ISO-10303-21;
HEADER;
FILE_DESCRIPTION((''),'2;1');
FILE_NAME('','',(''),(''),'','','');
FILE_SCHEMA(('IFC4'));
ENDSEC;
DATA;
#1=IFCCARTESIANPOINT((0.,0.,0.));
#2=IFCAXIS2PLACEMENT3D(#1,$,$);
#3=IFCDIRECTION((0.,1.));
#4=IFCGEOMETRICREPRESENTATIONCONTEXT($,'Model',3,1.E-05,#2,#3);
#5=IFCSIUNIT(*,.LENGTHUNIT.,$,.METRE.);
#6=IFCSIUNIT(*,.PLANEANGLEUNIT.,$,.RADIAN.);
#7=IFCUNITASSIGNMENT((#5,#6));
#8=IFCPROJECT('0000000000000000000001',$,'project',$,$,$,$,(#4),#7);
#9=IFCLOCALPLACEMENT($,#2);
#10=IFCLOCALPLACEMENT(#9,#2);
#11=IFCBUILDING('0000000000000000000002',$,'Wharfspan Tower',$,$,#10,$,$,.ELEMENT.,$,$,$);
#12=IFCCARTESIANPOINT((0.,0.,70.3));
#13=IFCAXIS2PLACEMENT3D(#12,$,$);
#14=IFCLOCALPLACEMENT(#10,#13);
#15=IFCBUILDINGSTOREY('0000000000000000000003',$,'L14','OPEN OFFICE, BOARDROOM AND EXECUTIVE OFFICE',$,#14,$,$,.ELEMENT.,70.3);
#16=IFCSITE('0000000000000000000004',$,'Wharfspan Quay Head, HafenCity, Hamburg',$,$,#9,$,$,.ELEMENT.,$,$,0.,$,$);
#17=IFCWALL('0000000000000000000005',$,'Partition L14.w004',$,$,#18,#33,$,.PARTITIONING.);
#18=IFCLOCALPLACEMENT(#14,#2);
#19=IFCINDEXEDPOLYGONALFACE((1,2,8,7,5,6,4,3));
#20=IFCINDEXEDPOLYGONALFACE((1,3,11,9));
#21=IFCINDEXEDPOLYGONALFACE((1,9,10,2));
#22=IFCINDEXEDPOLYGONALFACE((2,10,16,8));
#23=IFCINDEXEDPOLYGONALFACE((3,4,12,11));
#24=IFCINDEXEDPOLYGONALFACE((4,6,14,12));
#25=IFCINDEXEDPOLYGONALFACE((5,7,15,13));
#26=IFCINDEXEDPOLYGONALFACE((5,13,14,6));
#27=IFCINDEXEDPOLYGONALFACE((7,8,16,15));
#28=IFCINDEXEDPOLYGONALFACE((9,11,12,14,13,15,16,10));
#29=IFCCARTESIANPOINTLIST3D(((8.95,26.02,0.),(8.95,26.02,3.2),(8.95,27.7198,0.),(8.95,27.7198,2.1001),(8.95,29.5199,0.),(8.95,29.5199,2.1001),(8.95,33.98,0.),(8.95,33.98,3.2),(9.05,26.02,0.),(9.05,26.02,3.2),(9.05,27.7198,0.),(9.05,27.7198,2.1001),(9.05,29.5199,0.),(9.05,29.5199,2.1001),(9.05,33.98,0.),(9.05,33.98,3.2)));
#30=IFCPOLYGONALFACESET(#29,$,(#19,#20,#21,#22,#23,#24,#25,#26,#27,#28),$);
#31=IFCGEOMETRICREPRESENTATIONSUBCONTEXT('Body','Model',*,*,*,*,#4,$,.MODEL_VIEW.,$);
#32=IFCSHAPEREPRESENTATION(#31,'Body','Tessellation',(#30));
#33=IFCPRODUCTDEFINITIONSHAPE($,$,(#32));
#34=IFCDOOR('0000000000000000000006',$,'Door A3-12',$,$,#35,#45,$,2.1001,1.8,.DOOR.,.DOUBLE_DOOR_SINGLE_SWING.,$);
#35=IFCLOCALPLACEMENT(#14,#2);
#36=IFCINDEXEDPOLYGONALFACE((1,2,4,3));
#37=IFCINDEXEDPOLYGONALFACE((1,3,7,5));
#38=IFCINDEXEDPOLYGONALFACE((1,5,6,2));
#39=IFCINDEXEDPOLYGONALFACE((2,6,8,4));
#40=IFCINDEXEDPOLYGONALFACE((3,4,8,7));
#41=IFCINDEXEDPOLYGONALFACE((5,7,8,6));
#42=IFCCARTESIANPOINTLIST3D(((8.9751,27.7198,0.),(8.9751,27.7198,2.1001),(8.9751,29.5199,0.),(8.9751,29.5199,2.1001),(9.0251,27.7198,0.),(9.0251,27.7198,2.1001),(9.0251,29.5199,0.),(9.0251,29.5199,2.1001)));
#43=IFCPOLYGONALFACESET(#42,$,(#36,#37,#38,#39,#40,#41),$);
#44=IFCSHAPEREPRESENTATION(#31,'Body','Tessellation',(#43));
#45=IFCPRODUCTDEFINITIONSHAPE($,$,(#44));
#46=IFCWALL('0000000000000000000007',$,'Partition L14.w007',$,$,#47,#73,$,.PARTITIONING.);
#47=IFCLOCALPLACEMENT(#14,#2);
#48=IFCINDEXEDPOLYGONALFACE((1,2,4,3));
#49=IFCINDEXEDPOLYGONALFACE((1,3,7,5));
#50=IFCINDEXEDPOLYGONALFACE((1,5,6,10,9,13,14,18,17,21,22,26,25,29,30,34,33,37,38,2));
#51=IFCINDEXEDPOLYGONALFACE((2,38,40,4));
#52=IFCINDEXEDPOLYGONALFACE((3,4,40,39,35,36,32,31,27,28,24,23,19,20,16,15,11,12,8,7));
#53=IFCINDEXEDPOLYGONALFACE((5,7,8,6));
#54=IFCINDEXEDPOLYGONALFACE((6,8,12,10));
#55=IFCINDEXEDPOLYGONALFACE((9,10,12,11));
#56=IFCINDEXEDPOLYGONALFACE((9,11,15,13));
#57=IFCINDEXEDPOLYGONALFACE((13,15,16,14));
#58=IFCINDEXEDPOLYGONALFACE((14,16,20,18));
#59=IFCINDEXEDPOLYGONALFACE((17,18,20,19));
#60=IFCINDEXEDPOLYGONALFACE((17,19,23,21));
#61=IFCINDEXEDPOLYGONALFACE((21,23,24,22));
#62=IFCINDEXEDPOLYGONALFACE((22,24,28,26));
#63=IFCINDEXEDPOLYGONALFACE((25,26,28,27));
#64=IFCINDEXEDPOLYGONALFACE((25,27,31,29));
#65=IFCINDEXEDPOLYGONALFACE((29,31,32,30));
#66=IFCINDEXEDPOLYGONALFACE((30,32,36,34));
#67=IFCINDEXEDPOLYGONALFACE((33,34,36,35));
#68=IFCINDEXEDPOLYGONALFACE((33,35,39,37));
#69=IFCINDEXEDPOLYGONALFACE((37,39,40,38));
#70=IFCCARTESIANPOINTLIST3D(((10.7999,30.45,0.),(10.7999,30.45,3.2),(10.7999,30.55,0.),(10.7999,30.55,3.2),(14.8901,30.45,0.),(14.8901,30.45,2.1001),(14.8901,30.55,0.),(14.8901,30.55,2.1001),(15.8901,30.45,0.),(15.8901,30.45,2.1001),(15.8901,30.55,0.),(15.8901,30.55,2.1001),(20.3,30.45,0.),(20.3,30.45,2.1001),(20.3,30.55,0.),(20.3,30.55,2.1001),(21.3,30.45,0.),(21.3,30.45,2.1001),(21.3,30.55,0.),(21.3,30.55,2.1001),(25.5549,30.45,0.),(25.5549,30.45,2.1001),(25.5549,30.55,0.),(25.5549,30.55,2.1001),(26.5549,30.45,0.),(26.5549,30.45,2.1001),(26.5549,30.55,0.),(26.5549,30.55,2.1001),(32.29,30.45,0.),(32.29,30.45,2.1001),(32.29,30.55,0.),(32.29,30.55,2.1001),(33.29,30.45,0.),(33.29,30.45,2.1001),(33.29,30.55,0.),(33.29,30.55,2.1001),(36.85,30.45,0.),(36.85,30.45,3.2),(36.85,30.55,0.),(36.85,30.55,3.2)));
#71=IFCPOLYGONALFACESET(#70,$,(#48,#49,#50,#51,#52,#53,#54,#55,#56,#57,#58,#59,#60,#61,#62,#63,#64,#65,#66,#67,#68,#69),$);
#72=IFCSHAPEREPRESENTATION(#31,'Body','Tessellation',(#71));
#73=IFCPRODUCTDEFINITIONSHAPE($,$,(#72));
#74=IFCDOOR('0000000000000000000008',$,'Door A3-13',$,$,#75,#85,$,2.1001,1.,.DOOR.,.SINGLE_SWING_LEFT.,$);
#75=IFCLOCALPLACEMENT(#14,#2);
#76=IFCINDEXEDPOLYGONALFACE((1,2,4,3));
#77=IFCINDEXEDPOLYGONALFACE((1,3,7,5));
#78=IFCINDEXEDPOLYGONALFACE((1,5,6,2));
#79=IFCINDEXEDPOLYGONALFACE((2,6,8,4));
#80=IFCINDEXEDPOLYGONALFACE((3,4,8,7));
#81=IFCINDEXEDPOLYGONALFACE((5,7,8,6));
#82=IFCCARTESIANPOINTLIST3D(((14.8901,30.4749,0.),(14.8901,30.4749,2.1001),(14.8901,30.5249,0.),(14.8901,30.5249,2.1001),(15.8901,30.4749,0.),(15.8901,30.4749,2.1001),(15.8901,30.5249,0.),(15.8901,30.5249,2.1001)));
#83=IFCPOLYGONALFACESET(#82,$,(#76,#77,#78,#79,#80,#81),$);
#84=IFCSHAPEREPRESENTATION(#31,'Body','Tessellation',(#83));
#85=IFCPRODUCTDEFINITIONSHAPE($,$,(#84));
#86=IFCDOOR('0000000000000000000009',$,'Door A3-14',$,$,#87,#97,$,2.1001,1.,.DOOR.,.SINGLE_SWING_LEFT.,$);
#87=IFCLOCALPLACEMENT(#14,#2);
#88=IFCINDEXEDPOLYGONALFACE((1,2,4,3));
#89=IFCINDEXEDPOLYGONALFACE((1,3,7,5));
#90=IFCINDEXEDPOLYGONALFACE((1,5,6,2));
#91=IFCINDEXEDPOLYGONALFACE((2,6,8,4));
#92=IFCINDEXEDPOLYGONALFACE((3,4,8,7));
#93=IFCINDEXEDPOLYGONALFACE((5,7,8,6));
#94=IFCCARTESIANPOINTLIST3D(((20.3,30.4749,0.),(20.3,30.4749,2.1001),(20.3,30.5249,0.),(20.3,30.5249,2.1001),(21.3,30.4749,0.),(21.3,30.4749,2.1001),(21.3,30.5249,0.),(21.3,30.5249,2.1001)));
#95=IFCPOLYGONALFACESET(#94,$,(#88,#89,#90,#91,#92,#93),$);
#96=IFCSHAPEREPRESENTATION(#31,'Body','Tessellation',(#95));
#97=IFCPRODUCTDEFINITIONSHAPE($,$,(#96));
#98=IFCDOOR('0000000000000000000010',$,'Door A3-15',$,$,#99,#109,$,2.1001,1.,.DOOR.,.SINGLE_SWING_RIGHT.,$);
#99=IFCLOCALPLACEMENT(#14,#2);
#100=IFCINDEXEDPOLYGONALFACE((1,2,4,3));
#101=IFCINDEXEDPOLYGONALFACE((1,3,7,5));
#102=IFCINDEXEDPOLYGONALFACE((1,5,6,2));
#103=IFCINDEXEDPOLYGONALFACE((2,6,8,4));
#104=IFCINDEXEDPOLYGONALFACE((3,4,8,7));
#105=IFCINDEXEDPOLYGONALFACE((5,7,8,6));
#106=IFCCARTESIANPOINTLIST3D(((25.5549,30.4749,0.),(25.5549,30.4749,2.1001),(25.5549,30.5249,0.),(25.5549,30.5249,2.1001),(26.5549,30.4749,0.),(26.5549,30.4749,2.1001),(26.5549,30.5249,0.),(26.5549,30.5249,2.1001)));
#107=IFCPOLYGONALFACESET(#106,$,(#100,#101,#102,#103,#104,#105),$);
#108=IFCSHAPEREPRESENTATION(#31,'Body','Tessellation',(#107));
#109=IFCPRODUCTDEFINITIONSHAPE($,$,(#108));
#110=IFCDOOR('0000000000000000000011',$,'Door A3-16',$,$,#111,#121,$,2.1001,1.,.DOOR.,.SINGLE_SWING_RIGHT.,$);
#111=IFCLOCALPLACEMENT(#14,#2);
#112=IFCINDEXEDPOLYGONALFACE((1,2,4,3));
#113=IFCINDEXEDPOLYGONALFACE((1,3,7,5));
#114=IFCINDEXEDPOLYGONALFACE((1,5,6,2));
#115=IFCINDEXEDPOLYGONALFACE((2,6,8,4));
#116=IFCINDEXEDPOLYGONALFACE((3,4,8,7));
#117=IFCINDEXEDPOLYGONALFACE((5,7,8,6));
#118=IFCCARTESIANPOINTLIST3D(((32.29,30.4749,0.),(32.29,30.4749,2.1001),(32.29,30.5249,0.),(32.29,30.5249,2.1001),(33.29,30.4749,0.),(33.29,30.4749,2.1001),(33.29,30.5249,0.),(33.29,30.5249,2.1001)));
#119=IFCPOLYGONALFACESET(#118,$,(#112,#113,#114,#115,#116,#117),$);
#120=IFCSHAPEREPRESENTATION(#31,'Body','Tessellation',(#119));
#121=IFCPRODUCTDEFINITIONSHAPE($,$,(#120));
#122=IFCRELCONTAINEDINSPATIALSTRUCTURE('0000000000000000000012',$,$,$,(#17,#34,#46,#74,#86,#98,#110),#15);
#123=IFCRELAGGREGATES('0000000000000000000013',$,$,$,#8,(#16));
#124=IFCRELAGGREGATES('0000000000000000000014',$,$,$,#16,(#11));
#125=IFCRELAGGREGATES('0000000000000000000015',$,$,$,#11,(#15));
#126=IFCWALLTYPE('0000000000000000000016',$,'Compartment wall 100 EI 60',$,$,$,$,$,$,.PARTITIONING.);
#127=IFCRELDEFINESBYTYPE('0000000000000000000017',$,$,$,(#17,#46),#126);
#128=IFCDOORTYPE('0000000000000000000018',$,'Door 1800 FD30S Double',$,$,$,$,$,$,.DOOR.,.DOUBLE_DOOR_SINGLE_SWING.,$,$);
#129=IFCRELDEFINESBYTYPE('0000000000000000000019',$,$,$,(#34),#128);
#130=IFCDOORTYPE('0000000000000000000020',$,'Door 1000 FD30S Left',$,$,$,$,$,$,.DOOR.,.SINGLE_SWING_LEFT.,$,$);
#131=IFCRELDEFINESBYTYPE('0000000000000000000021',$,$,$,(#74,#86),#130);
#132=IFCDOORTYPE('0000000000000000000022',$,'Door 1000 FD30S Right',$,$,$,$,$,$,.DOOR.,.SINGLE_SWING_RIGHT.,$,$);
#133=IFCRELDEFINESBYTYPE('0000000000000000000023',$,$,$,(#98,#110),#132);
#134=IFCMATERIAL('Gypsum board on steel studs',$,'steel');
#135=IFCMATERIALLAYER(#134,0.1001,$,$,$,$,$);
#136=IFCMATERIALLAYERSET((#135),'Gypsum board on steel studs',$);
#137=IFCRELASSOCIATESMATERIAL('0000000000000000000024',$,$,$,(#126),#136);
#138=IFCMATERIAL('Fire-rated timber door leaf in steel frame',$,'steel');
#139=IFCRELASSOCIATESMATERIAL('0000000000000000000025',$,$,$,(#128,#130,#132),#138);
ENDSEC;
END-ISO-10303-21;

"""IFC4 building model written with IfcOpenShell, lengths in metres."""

from ifc_helpers import new_model, si_unit, direction, frame, frame_2d, origin, place, context, subcontext, project, spatial, rectangle, extrude, material, layer, layer_set, type_object, element, fill, save


model = new_model("IFC4")

# Units and contexts
model_context = context("Model", 3, precision=1e-05, world=origin(), true_north=direction((0.0, 1.0)))
body_context = subcontext(model_context, "Body", "Model", "MODEL_VIEW")
ifc_project = project(units=[si_unit("LENGTHUNIT", "METRE"), si_unit("PLANEANGLEUNIT", "RADIAN")], contexts=[model_context])

# Site, building, storey
site_placement = place(None, origin())
site = spatial("IfcSite", under=ifc_project, at=site_placement, Name="Wharfspan Quay Head, HafenCity, Hamburg", CompositionType="ELEMENT", RefElevation=0.0)
building_placement = place(site_placement, origin())
building = spatial("IfcBuilding", under=site, at=building_placement, Name="Wharfspan Tower", CompositionType="ELEMENT")
storey_placement = place(building_placement, frame((0.0, 0.0, 70.3)))
storey = spatial("IfcBuildingStorey", under=building, at=storey_placement, Name="L14", Description="OPEN OFFICE, BOARDROOM AND EXECUTIVE OFFICE", CompositionType="ELEMENT", Elevation=70.3)

# Wall, opening, door
ifc_material_1 = material(Name="Gypsum board on steel studs", Category="steel")
ifc_layer = layer(ifc_material_1, 0.1001)
ifc_layer_set = layer_set([ifc_layer], Name="Gypsum board on steel studs")
wall_type = type_object("IfcWallType", Name="Compartment wall 100 EI 60", PredefinedType="PARTITIONING", material=ifc_layer_set)
wall_1_placement = place(storey_placement, frame((9.0, 26.02, 0.0), z_axis=(0.0, 0.0, 1.0), x_axis=(0.0, 1.0, 0.0)))
wall_1 = element("IfcWall", 1, at=wall_1_placement, inside=storey, type_object=wall_type, Name="Partition L14.w004", PredefinedType="PARTITIONING", context=body_context, shape_type="SweptSolid", body=[
    extrude(rectangle(XDim=7.96, YDim=0.1001, at=frame_2d((3.98, 0.0))), origin(), (0.0, 0.0, 1.0), 3.2),
])
opening_1_placement = place(wall_1_placement, frame((1.7, 0.0, 0.0)))
opening_1 = element("IfcOpeningElement", 2, at=opening_1_placement, cuts=wall_1, PredefinedType="OPENING", context=body_context, shape_type="SweptSolid", body=[
    extrude(rectangle(XDim=1.8, YDim=2.1001, at=frame_2d((0.8999, 1.05))), frame((0.0, 0.0601, 0.0), z_axis=(0.0, -1.0, 0.0), x_axis=(1.0, 0.0, 0.0)), (0.0, 0.0, 1.0), 0.1201),
])
ifc_material_2 = material(Name="Fire-rated timber door leaf in steel frame", Category="steel")
door_type_1 = type_object("IfcDoorType", Name="Door 1800 FD30S Double", OperationType="DOUBLE_DOOR_SINGLE_SWING", PredefinedType="DOOR", material=ifc_material_2)
door_1_placement = place(opening_1_placement, origin())
door_1 = element("IfcDoor", 3, at=door_1_placement, inside=storey, type_object=door_type_1, Name="Door A3-12", OperationType="DOUBLE_DOOR_SINGLE_SWING", OverallHeight=2.1001, OverallWidth=1.8, PredefinedType="DOOR", context=body_context, shape_type="SweptSolid", body=[
    extrude(rectangle(XDim=1.8, YDim=2.1001, at=frame_2d((0.8999, 1.05))), frame((0.0, 0.0249, 0.0), z_axis=(0.0, -1.0, 0.0), x_axis=(1.0, 0.0, 0.0)), (0.0, 0.0, 1.0), 0.05),
])
fill(opening_1, door_1)

# Wall, openings, doors
wall_2_placement = place(storey_placement, frame((10.8, 30.5, 0.0), z_axis=(0.0, 0.0, 1.0), x_axis=(1.0, 0.0, 0.0)))
wall_2 = element("IfcWall", 4, at=wall_2_placement, inside=storey, type_object=wall_type, Name="Partition L14.w007", PredefinedType="PARTITIONING", context=body_context, shape_type="SweptSolid", body=[
    extrude(rectangle(XDim=26.05, YDim=0.1001, at=frame_2d((13.0249, 0.0))), origin(), (0.0, 0.0, 1.0), 3.2),
])
opening_2_placement = place(wall_2_placement, frame((4.0901, 0.0, 0.0)))
opening_2 = element("IfcOpeningElement", 5, at=opening_2_placement, cuts=wall_2, PredefinedType="OPENING", context=body_context, shape_type="SweptSolid", body=[
    extrude(rectangle(XDim=1.0, YDim=2.1001, at=frame_2d((0.5, 1.05))), frame((0.0, 0.0601, 0.0), z_axis=(0.0, -1.0, 0.0), x_axis=(1.0, 0.0, 0.0)), (0.0, 0.0, 1.0), 0.1201),
])
opening_3_placement = place(wall_2_placement, frame((9.5, 0.0, 0.0)))
opening_3 = element("IfcOpeningElement", 6, at=opening_3_placement, cuts=wall_2, PredefinedType="OPENING", context=body_context, shape_type="SweptSolid", body=[
    extrude(rectangle(XDim=1.0, YDim=2.1001, at=frame_2d((0.5, 1.05))), frame((0.0, 0.0601, 0.0), z_axis=(0.0, -1.0, 0.0), x_axis=(1.0, 0.0, 0.0)), (0.0, 0.0, 1.0), 0.1201),
])
opening_4_placement = place(wall_2_placement, frame((14.7549, 0.0, 0.0)))
opening_4 = element("IfcOpeningElement", 7, at=opening_4_placement, cuts=wall_2, PredefinedType="OPENING", context=body_context, shape_type="SweptSolid", body=[
    extrude(rectangle(XDim=1.0, YDim=2.1001, at=frame_2d((0.5, 1.05))), frame((0.0, 0.0601, 0.0), z_axis=(0.0, -1.0, 0.0), x_axis=(1.0, 0.0, 0.0)), (0.0, 0.0, 1.0), 0.1201),
])
opening_5_placement = place(wall_2_placement, frame((21.49, 0.0, 0.0)))
opening_5 = element("IfcOpeningElement", 8, at=opening_5_placement, cuts=wall_2, PredefinedType="OPENING", context=body_context, shape_type="SweptSolid", body=[
    extrude(rectangle(XDim=1.0, YDim=2.1001, at=frame_2d((0.5, 1.05))), frame((0.0, 0.0601, 0.0), z_axis=(0.0, -1.0, 0.0), x_axis=(1.0, 0.0, 0.0)), (0.0, 0.0, 1.0), 0.1201),
])
door_type_2 = type_object("IfcDoorType", Name="Door 1000 FD30S Left", OperationType="SINGLE_SWING_LEFT", PredefinedType="DOOR", material=ifc_material_2)
door_2_placement = place(opening_2_placement, origin())
door_2 = element("IfcDoor", 9, at=door_2_placement, inside=storey, type_object=door_type_2, Name="Door A3-13", OperationType="SINGLE_SWING_LEFT", OverallHeight=2.1001, OverallWidth=1.0, PredefinedType="DOOR", context=body_context, shape_type="SweptSolid", body=[
    extrude(rectangle(XDim=1.0, YDim=2.1001, at=frame_2d((0.5, 1.05))), frame((0.0, 0.0249, 0.0), z_axis=(0.0, -1.0, 0.0), x_axis=(1.0, 0.0, 0.0)), (0.0, 0.0, 1.0), 0.05),
])
fill(opening_2, door_2)
door_3_placement = place(opening_3_placement, origin())
door_3 = element("IfcDoor", 10, at=door_3_placement, inside=storey, type_object=door_type_2, Name="Door A3-14", OperationType="SINGLE_SWING_LEFT", OverallHeight=2.1001, OverallWidth=1.0, PredefinedType="DOOR", context=body_context, shape_type="SweptSolid", body=[
    extrude(rectangle(XDim=1.0, YDim=2.1001, at=frame_2d((0.5, 1.05))), frame((0.0, 0.0249, 0.0), z_axis=(0.0, -1.0, 0.0), x_axis=(1.0, 0.0, 0.0)), (0.0, 0.0, 1.0), 0.05),
])
fill(opening_3, door_3)
door_type_3 = type_object("IfcDoorType", Name="Door 1000 FD30S Right", OperationType="SINGLE_SWING_RIGHT", PredefinedType="DOOR", material=ifc_material_2)
door_4_placement = place(opening_4_placement, origin())
door_4 = element("IfcDoor", 11, at=door_4_placement, inside=storey, type_object=door_type_3, Name="Door A3-15", OperationType="SINGLE_SWING_RIGHT", OverallHeight=2.1001, OverallWidth=1.0, PredefinedType="DOOR", context=body_context, shape_type="SweptSolid", body=[
    extrude(rectangle(XDim=1.0, YDim=2.1001, at=frame_2d((0.5, 1.05))), frame((0.0, 0.0249, 0.0), z_axis=(0.0, -1.0, 0.0), x_axis=(1.0, 0.0, 0.0)), (0.0, 0.0, 1.0), 0.05),
])
fill(opening_4, door_4)
door_5_placement = place(opening_5_placement, origin())
door_5 = element("IfcDoor", 12, at=door_5_placement, inside=storey, type_object=door_type_3, Name="Door A3-16", OperationType="SINGLE_SWING_RIGHT", OverallHeight=2.1001, OverallWidth=1.0, PredefinedType="DOOR", context=body_context, shape_type="SweptSolid", body=[
    extrude(rectangle(XDim=1.0, YDim=2.1001, at=frame_2d((0.5, 1.05))), frame((0.0, 0.0249, 0.0), z_axis=(0.0, -1.0, 0.0), x_axis=(1.0, 0.0, 0.0)), (0.0, 0.0, 1.0), 0.05),
])
fill(opening_5, door_5)

save(model, "model.ifc")
